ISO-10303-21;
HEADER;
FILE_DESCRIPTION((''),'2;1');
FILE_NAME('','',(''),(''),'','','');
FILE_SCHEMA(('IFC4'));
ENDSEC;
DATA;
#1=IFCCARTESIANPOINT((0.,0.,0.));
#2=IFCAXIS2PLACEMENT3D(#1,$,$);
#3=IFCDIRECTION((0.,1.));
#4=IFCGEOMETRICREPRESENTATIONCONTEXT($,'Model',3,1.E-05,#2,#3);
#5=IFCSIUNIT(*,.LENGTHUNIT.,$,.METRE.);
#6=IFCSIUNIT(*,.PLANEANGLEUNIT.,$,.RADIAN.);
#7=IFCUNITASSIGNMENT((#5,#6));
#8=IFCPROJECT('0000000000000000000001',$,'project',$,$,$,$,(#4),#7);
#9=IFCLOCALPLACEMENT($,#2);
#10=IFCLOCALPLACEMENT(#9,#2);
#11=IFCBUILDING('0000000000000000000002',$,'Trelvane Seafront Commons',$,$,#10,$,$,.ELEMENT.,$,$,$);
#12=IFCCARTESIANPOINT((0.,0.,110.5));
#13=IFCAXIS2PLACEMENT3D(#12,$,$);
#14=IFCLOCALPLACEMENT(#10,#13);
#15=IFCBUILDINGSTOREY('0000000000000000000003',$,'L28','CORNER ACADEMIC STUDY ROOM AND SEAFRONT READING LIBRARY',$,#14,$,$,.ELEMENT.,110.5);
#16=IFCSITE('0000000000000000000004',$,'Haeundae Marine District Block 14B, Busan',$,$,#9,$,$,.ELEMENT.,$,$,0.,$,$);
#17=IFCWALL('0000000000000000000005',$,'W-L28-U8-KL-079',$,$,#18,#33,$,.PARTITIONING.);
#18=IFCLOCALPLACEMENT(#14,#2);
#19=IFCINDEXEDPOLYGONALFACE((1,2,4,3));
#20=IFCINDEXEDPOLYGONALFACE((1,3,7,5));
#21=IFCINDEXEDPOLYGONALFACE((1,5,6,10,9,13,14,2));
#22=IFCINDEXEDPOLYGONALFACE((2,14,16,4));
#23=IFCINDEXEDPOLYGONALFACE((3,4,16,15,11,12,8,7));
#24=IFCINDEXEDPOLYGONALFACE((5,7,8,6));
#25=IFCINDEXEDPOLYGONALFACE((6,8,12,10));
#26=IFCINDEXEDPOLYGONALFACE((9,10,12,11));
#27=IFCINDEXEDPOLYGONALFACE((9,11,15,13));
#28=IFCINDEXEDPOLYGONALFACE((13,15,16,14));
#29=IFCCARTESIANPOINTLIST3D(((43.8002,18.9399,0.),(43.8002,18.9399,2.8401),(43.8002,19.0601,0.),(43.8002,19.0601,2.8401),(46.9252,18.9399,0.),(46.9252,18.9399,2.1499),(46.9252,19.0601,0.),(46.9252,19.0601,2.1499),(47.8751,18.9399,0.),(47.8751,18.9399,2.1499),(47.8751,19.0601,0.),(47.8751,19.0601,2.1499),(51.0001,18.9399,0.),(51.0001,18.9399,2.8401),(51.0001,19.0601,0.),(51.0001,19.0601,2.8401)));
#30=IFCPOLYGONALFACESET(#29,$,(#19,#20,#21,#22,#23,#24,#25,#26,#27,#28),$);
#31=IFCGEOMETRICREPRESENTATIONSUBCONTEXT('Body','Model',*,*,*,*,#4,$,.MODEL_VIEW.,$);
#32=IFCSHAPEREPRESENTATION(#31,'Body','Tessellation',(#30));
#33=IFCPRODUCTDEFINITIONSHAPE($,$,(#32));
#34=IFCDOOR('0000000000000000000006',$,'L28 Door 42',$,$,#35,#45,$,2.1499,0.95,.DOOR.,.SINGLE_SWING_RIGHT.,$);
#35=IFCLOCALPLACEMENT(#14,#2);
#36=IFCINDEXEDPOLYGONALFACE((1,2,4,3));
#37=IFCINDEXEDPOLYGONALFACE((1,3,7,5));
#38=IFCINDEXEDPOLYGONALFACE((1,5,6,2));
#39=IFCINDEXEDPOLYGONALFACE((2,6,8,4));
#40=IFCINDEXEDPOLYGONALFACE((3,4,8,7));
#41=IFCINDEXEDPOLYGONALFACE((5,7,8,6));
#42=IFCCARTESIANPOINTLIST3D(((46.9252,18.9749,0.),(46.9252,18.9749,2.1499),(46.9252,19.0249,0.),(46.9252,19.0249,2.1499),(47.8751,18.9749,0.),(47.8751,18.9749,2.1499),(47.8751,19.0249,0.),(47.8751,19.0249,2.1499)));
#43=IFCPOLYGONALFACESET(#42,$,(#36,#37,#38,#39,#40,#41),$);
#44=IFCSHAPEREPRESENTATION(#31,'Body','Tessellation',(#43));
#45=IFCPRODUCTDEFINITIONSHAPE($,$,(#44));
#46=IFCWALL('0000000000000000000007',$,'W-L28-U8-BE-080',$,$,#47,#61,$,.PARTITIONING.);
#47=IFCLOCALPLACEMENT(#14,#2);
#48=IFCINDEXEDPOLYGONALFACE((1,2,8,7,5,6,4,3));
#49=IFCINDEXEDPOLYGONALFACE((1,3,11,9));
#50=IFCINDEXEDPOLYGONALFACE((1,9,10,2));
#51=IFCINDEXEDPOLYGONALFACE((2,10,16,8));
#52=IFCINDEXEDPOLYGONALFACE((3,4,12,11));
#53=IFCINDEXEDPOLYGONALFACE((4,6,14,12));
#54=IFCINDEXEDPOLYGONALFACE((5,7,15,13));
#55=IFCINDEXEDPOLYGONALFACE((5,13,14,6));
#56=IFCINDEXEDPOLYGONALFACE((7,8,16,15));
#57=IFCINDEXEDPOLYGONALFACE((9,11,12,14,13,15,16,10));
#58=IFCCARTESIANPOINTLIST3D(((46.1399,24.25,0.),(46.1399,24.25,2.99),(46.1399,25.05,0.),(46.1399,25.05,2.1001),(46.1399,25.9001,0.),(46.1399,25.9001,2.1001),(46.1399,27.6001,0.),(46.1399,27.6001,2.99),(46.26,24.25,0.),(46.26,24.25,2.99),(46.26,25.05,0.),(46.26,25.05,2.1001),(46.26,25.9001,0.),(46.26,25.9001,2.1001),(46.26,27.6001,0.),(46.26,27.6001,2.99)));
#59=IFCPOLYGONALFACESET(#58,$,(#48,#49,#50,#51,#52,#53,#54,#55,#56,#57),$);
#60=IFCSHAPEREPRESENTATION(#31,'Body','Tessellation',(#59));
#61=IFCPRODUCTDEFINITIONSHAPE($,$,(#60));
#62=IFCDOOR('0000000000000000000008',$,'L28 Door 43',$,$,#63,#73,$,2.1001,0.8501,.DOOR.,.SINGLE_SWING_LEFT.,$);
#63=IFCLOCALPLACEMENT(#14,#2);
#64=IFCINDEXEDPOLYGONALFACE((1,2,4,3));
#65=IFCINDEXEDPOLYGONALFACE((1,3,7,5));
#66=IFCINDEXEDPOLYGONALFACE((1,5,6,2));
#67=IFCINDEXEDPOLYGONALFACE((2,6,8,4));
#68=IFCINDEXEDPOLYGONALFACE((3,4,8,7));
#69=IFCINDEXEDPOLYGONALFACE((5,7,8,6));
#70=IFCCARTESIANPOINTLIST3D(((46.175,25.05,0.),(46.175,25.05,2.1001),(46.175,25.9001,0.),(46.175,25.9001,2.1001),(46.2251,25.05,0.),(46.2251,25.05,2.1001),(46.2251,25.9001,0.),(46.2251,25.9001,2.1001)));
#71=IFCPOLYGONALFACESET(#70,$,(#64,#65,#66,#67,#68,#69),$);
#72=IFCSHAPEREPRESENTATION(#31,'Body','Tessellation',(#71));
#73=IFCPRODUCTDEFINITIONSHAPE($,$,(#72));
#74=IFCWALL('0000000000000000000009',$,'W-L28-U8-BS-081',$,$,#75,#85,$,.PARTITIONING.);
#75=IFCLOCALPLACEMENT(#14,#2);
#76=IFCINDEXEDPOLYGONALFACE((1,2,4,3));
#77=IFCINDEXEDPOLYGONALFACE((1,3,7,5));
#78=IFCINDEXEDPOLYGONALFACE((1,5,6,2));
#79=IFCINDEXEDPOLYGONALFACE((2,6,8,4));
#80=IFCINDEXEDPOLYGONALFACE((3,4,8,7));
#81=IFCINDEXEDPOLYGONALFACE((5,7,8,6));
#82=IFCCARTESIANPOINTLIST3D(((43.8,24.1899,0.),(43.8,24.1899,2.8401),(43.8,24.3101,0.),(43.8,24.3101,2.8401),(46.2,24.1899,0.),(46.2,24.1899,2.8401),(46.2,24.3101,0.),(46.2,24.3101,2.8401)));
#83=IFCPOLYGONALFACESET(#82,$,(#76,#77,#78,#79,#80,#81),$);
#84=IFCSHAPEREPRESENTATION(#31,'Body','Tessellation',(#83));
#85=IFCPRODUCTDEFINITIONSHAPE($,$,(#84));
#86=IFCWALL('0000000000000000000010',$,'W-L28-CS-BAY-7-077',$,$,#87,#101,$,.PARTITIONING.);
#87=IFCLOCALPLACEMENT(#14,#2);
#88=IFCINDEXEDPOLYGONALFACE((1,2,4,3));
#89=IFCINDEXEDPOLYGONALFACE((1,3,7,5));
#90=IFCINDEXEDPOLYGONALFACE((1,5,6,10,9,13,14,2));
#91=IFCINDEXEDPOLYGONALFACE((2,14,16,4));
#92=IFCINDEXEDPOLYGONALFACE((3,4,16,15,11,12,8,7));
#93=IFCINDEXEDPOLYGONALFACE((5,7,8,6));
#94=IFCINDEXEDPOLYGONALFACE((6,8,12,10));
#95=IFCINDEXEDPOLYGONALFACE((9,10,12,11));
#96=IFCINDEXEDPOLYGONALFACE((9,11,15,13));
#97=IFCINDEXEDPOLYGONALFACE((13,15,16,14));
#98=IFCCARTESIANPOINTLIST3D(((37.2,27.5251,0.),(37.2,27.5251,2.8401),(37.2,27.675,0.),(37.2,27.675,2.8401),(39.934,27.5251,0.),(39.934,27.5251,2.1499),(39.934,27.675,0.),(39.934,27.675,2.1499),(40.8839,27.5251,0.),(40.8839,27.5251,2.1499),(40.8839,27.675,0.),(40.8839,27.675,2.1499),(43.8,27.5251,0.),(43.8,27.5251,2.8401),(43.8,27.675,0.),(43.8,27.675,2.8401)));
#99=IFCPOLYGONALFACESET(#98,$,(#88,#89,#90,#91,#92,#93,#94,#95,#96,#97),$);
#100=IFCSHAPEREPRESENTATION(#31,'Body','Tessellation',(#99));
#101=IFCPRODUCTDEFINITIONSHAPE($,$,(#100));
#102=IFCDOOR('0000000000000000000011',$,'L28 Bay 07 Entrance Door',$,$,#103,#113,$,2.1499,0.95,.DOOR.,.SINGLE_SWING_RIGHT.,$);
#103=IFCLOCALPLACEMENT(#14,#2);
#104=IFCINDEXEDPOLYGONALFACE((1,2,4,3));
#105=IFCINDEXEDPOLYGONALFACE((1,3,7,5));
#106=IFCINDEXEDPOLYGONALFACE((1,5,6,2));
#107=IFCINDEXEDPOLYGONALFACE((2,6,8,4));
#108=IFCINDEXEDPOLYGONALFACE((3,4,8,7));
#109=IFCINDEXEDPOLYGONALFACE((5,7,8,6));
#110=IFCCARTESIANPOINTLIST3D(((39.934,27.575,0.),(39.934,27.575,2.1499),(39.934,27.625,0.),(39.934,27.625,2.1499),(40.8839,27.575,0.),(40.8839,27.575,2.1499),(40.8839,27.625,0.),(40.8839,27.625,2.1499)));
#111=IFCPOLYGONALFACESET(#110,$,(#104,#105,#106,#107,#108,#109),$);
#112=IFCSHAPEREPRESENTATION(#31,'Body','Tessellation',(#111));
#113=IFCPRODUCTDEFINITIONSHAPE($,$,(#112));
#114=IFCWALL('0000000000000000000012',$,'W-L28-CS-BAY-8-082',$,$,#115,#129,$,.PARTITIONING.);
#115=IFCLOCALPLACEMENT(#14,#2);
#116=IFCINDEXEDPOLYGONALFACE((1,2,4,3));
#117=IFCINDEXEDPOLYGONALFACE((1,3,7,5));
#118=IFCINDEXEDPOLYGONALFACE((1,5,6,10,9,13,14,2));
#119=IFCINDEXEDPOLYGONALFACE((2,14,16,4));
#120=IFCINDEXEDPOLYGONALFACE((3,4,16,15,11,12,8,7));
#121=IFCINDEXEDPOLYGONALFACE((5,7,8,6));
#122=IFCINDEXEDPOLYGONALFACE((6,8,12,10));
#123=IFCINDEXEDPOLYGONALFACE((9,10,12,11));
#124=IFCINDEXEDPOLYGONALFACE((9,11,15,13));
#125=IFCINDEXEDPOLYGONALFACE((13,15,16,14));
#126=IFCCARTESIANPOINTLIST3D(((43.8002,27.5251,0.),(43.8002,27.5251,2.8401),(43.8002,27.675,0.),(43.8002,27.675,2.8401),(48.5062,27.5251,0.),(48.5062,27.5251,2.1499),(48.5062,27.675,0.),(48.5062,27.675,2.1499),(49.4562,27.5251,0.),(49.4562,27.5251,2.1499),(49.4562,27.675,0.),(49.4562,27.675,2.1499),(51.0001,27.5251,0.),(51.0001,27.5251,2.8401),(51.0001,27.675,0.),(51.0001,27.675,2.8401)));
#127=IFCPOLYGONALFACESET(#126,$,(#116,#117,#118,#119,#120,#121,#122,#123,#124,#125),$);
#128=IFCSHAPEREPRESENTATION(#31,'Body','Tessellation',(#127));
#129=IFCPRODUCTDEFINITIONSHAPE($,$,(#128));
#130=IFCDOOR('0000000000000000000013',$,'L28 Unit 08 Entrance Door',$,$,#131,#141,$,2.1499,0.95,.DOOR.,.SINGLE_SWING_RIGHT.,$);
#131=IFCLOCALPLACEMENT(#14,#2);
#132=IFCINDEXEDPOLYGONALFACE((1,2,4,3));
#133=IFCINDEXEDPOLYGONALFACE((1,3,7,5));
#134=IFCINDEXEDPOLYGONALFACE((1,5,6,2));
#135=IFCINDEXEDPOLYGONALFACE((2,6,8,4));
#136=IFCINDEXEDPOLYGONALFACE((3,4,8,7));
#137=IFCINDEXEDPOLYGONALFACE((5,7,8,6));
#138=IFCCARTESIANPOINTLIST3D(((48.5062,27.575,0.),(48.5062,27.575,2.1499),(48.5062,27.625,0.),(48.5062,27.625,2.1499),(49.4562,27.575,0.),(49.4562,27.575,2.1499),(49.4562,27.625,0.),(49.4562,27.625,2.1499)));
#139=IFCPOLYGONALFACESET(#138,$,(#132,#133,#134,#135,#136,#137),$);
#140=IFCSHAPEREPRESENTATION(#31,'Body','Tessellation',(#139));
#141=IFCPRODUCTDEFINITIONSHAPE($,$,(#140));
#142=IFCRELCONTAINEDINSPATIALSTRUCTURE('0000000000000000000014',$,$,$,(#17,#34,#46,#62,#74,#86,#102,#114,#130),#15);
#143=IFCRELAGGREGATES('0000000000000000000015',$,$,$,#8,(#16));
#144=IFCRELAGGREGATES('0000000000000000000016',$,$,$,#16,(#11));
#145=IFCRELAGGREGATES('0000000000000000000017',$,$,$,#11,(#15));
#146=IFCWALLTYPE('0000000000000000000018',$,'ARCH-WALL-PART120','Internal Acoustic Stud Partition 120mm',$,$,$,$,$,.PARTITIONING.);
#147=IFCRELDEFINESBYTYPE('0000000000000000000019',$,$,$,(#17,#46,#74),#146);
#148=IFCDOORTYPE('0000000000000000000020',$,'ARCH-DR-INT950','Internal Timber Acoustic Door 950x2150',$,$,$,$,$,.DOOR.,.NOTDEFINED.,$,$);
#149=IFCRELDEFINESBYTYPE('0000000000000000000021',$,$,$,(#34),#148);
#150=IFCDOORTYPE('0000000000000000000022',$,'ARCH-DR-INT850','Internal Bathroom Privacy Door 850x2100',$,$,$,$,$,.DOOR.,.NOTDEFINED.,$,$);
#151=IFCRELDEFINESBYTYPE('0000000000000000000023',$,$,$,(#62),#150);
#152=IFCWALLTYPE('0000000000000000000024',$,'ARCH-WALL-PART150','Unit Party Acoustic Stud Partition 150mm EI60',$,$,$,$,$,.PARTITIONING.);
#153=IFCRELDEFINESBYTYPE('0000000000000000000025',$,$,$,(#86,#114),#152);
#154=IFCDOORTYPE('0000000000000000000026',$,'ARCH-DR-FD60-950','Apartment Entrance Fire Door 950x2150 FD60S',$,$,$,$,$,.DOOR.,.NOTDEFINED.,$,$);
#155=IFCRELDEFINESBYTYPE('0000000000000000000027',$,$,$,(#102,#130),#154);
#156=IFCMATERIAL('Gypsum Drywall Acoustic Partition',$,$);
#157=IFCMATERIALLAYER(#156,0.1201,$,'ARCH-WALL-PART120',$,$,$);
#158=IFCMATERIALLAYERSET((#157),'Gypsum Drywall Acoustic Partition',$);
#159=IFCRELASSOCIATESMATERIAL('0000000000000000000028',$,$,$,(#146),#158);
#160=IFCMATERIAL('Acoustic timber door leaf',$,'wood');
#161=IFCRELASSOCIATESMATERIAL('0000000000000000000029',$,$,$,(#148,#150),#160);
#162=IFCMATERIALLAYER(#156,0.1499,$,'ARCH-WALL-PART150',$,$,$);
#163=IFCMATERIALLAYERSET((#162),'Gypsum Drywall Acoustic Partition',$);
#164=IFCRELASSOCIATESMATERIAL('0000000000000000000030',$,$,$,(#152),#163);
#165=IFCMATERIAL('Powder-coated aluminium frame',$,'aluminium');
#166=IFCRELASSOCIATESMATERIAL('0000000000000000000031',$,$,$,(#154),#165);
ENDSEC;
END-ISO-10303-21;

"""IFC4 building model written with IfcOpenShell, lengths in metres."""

from ifc_helpers import new_model, si_unit, direction, frame, frame_2d, origin, place, context, subcontext, project, spatial, rectangle, extrude, source, transform, mapped, material, layer, layer_set, type_object, element, fill, save


model = new_model("IFC4")

# Units and contexts
model_context = context("Model", 3, precision=1e-05, world=origin(), true_north=direction((0.0, 1.0)))
body_context = subcontext(model_context, "Body", "Model", "MODEL_VIEW")
ifc_project = project(units=[si_unit("LENGTHUNIT", "METRE"), si_unit("PLANEANGLEUNIT", "RADIAN")], contexts=[model_context])

# Site, building, storey
site_placement = place(None, origin())
site = spatial("IfcSite", under=ifc_project, at=site_placement, Name="Haeundae Marine District Block 14B, Busan", CompositionType="ELEMENT", RefElevation=0.0)
building_placement = place(site_placement, origin())
building = spatial("IfcBuilding", under=site, at=building_placement, Name="Trelvane Seafront Commons", CompositionType="ELEMENT")
storey_placement = place(building_placement, frame((0.0, 0.0, 110.5)))
storey = spatial("IfcBuildingStorey", under=building, at=storey_placement, Name="L28", Description="CORNER ACADEMIC STUDY ROOM AND SEAFRONT READING LIBRARY", CompositionType="ELEMENT", Elevation=110.5)

# Shared definitions
ifc_material_1 = material(Name="Gypsum Drywall Acoustic Partition")
ifc_layer_1 = layer(ifc_material_1, 0.1201, Name="ARCH-WALL-PART120")
ifc_layer_set_1 = layer_set([ifc_layer_1], Name="Gypsum Drywall Acoustic Partition")
wall_type_1 = type_object("IfcWallType", Name="ARCH-WALL-PART120", Description="Internal Acoustic Stud Partition 120mm", PredefinedType="PARTITIONING", material=ifc_layer_set_1)
ifc_material_2 = material(Name="Acoustic timber door leaf", Category="wood")
door_type_1 = type_object("IfcDoorType", Name="ARCH-DR-INT950", Description="Internal Timber Acoustic Door 950x2150", OperationType="NOTDEFINED", PredefinedType="DOOR", material=ifc_material_2)
shared_shape_1 = source(origin(), body_context, "Body", "SweptSolid", [
    extrude(rectangle(XDim=0.95, YDim=2.1499, at=frame_2d((0.4751, 1.075))), frame((0.0, 0.0249, 0.0), z_axis=(0.0, -1.0, 0.0), x_axis=(1.0, 0.0, 0.0)), (0.0, 0.0, 1.0), 0.05),
])

# Walls, openings, doors
wall_1_placement = place(storey_placement, frame((43.8, 19.0, 0.0), z_axis=(0.0, 0.0, 1.0), x_axis=(1.0, 0.0, 0.0)))
wall_1 = element("IfcWall", 1, at=wall_1_placement, inside=storey, type_object=wall_type_1, Name="W-L28-U8-KL-079", PredefinedType="PARTITIONING", context=body_context, shape_type="SweptSolid", body=[
    extrude(rectangle(XDim=7.2, YDim=0.1201, at=frame_2d((3.6001, 0.0))), origin(), (0.0, 0.0, 1.0), 2.8401),
])
opening_1_placement = place(wall_1_placement, frame((3.125, 0.0, 0.0)))
opening_1 = element("IfcOpeningElement", 2, at=opening_1_placement, cuts=wall_1, PredefinedType="OPENING", context=body_context, shape_type="SweptSolid", body=[
    extrude(rectangle(XDim=0.95, YDim=2.1499, at=frame_2d((0.4751, 1.075))), frame((0.0, 0.0701, 0.0), z_axis=(0.0, -1.0, 0.0), x_axis=(1.0, 0.0, 0.0)), (0.0, 0.0, 1.0), 0.1401),
])
door_1_placement = place(opening_1_placement, origin())
door_1 = element("IfcDoor", 3, at=door_1_placement, inside=storey, type_object=door_type_1, Name="L28 Door 42", OperationType="SINGLE_SWING_RIGHT", OverallHeight=2.1499, OverallWidth=0.95, PredefinedType="DOOR", context=body_context, shape_type="MappedRepresentation", body=[
    mapped(shared_shape_1, transform((0.0, 0.0, 0.0), x_axis=(1.0, 0.0, 0.0), y_axis=(0.0, 1.0, 0.0), z_axis=(0.0, 0.0, 1.0), scale=1.0)),
])
fill(opening_1, door_1)
wall_2_placement = place(storey_placement, frame((46.2, 24.25, 0.0), z_axis=(0.0, 0.0, 1.0), x_axis=(0.0, 1.0, 0.0)))
wall_2 = element("IfcWall", 4, at=wall_2_placement, inside=storey, type_object=wall_type_1, Name="W-L28-U8-BE-080", PredefinedType="PARTITIONING", context=body_context, shape_type="SweptSolid", body=[
    extrude(rectangle(XDim=3.3501, YDim=0.1201, at=frame_2d((1.675, 0.0))), origin(), (0.0, 0.0, 1.0), 2.99),
])
opening_2_placement = place(wall_2_placement, frame((0.8, 0.0, 0.0)))
opening_2 = element("IfcOpeningElement", 5, at=opening_2_placement, cuts=wall_2, PredefinedType="OPENING", context=body_context, shape_type="SweptSolid", body=[
    extrude(rectangle(XDim=0.8501, YDim=2.1001, at=frame_2d((0.425, 1.05))), frame((0.0, 0.0701, 0.0), z_axis=(0.0, -1.0, 0.0), x_axis=(1.0, 0.0, 0.0)), (0.0, 0.0, 1.0), 0.1401),
])
door_type_2 = type_object("IfcDoorType", Name="ARCH-DR-INT850", Description="Internal Bathroom Privacy Door 850x2100", OperationType="NOTDEFINED", PredefinedType="DOOR", material=ifc_material_2)
shared_shape_2 = source(origin(), body_context, "Body", "SweptSolid", [
    extrude(rectangle(XDim=0.8501, YDim=2.1001, at=frame_2d((0.425, 1.05))), frame((0.0, 0.0249, 0.0), z_axis=(0.0, -1.0, 0.0), x_axis=(1.0, 0.0, 0.0)), (0.0, 0.0, 1.0), 0.05),
])
door_2_placement = place(opening_2_placement, origin())
door_2 = element("IfcDoor", 6, at=door_2_placement, inside=storey, type_object=door_type_2, Name="L28 Door 43", OperationType="SINGLE_SWING_LEFT", OverallHeight=2.1001, OverallWidth=0.8501, PredefinedType="DOOR", context=body_context, shape_type="MappedRepresentation", body=[
    mapped(shared_shape_2, transform((0.0, 0.0, 0.0), x_axis=(1.0, 0.0, 0.0), y_axis=(0.0, 1.0, 0.0), z_axis=(0.0, 0.0, 1.0), scale=1.0)),
])
fill(opening_2, door_2)

# Wall
wall_3_placement = place(storey_placement, frame((43.8, 24.25, 0.0), z_axis=(0.0, 0.0, 1.0), x_axis=(1.0, 0.0, 0.0)))
element("IfcWall", 7, at=wall_3_placement, inside=storey, type_object=wall_type_1, Name="W-L28-U8-BS-081", PredefinedType="PARTITIONING", context=body_context, shape_type="SweptSolid", body=[
    extrude(rectangle(XDim=2.3999, YDim=0.1201, at=frame_2d((1.2, 0.0))), origin(), (0.0, 0.0, 1.0), 2.8401),
])

# Walls, openings, doors
ifc_layer_2 = layer(ifc_material_1, 0.1499, Name="ARCH-WALL-PART150")
ifc_layer_set_2 = layer_set([ifc_layer_2], Name="Gypsum Drywall Acoustic Partition")
wall_type_2 = type_object("IfcWallType", Name="ARCH-WALL-PART150", Description="Unit Party Acoustic Stud Partition 150mm EI60", PredefinedType="PARTITIONING", material=ifc_layer_set_2)
wall_4_placement = place(storey_placement, frame((37.2, 27.6001, 0.0), z_axis=(0.0, 0.0, 1.0), x_axis=(1.0, 0.0, 0.0)))
wall_4 = element("IfcWall", 8, at=wall_4_placement, inside=storey, type_object=wall_type_2, Name="W-L28-CS-BAY-7-077", PredefinedType="PARTITIONING", context=body_context, shape_type="SweptSolid", body=[
    extrude(rectangle(XDim=6.6001, YDim=0.1499, at=frame_2d((3.3, 0.0))), origin(), (0.0, 0.0, 1.0), 2.8401),
])
opening_3_placement = place(wall_4_placement, frame((2.7339, 0.0, 0.0)))
opening_3 = element("IfcOpeningElement", 9, at=opening_3_placement, cuts=wall_4, PredefinedType="OPENING", context=body_context, shape_type="SweptSolid", body=[
    extrude(rectangle(XDim=0.95, YDim=2.1499, at=frame_2d((0.4751, 1.075))), frame((0.0, 0.085, 0.0), z_axis=(0.0, -1.0, 0.0), x_axis=(1.0, 0.0, 0.0)), (0.0, 0.0, 1.0), 0.1699),
])
ifc_material_3 = material(Name="Powder-coated aluminium frame", Category="aluminium")
door_type_3 = type_object("IfcDoorType", Name="ARCH-DR-FD60-950", Description="Apartment Entrance Fire Door 950x2150 FD60S", OperationType="NOTDEFINED", PredefinedType="DOOR", material=ifc_material_3)
door_3_placement = place(opening_3_placement, origin())
door_3 = element("IfcDoor", 10, at=door_3_placement, inside=storey, type_object=door_type_3, Name="L28 Bay 07 Entrance Door", OperationType="SINGLE_SWING_RIGHT", OverallHeight=2.1499, OverallWidth=0.95, PredefinedType="DOOR", context=body_context, shape_type="MappedRepresentation", body=[
    mapped(shared_shape_1, transform((0.0, 0.0, 0.0), x_axis=(1.0, 0.0, 0.0), y_axis=(0.0, 1.0, 0.0), z_axis=(0.0, 0.0, 1.0), scale=1.0)),
])
fill(opening_3, door_3)
wall_5_placement = place(storey_placement, frame((43.8, 27.6001, 0.0), z_axis=(0.0, 0.0, 1.0), x_axis=(1.0, 0.0, 0.0)))
wall_5 = element("IfcWall", 11, at=wall_5_placement, inside=storey, type_object=wall_type_2, Name="W-L28-CS-BAY-8-082", PredefinedType="PARTITIONING", context=body_context, shape_type="SweptSolid", body=[
    extrude(rectangle(XDim=7.2, YDim=0.1499, at=frame_2d((3.6001, 0.0))), origin(), (0.0, 0.0, 1.0), 2.8401),
])
opening_4_placement = place(wall_5_placement, frame((4.7061, 0.0, 0.0)))
opening_4 = element("IfcOpeningElement", 12, at=opening_4_placement, cuts=wall_5, PredefinedType="OPENING", context=body_context, shape_type="SweptSolid", body=[
    extrude(rectangle(XDim=0.95, YDim=2.1499, at=frame_2d((0.4751, 1.075))), frame((0.0, 0.085, 0.0), z_axis=(0.0, -1.0, 0.0), x_axis=(1.0, 0.0, 0.0)), (0.0, 0.0, 1.0), 0.1699),
])
door_4_placement = place(opening_4_placement, origin())
door_4 = element("IfcDoor", 13, at=door_4_placement, inside=storey, type_object=door_type_3, Name="L28 Unit 08 Entrance Door", OperationType="SINGLE_SWING_RIGHT", OverallHeight=2.1499, OverallWidth=0.95, PredefinedType="DOOR", context=body_context, shape_type="MappedRepresentation", body=[
    mapped(shared_shape_1, transform((0.0, 0.0, 0.0), x_axis=(1.0, 0.0, 0.0), y_axis=(0.0, 1.0, 0.0), z_axis=(0.0, 0.0, 1.0), scale=1.0)),
])
fill(opening_4, door_4)

save(model, "model.ifc")
